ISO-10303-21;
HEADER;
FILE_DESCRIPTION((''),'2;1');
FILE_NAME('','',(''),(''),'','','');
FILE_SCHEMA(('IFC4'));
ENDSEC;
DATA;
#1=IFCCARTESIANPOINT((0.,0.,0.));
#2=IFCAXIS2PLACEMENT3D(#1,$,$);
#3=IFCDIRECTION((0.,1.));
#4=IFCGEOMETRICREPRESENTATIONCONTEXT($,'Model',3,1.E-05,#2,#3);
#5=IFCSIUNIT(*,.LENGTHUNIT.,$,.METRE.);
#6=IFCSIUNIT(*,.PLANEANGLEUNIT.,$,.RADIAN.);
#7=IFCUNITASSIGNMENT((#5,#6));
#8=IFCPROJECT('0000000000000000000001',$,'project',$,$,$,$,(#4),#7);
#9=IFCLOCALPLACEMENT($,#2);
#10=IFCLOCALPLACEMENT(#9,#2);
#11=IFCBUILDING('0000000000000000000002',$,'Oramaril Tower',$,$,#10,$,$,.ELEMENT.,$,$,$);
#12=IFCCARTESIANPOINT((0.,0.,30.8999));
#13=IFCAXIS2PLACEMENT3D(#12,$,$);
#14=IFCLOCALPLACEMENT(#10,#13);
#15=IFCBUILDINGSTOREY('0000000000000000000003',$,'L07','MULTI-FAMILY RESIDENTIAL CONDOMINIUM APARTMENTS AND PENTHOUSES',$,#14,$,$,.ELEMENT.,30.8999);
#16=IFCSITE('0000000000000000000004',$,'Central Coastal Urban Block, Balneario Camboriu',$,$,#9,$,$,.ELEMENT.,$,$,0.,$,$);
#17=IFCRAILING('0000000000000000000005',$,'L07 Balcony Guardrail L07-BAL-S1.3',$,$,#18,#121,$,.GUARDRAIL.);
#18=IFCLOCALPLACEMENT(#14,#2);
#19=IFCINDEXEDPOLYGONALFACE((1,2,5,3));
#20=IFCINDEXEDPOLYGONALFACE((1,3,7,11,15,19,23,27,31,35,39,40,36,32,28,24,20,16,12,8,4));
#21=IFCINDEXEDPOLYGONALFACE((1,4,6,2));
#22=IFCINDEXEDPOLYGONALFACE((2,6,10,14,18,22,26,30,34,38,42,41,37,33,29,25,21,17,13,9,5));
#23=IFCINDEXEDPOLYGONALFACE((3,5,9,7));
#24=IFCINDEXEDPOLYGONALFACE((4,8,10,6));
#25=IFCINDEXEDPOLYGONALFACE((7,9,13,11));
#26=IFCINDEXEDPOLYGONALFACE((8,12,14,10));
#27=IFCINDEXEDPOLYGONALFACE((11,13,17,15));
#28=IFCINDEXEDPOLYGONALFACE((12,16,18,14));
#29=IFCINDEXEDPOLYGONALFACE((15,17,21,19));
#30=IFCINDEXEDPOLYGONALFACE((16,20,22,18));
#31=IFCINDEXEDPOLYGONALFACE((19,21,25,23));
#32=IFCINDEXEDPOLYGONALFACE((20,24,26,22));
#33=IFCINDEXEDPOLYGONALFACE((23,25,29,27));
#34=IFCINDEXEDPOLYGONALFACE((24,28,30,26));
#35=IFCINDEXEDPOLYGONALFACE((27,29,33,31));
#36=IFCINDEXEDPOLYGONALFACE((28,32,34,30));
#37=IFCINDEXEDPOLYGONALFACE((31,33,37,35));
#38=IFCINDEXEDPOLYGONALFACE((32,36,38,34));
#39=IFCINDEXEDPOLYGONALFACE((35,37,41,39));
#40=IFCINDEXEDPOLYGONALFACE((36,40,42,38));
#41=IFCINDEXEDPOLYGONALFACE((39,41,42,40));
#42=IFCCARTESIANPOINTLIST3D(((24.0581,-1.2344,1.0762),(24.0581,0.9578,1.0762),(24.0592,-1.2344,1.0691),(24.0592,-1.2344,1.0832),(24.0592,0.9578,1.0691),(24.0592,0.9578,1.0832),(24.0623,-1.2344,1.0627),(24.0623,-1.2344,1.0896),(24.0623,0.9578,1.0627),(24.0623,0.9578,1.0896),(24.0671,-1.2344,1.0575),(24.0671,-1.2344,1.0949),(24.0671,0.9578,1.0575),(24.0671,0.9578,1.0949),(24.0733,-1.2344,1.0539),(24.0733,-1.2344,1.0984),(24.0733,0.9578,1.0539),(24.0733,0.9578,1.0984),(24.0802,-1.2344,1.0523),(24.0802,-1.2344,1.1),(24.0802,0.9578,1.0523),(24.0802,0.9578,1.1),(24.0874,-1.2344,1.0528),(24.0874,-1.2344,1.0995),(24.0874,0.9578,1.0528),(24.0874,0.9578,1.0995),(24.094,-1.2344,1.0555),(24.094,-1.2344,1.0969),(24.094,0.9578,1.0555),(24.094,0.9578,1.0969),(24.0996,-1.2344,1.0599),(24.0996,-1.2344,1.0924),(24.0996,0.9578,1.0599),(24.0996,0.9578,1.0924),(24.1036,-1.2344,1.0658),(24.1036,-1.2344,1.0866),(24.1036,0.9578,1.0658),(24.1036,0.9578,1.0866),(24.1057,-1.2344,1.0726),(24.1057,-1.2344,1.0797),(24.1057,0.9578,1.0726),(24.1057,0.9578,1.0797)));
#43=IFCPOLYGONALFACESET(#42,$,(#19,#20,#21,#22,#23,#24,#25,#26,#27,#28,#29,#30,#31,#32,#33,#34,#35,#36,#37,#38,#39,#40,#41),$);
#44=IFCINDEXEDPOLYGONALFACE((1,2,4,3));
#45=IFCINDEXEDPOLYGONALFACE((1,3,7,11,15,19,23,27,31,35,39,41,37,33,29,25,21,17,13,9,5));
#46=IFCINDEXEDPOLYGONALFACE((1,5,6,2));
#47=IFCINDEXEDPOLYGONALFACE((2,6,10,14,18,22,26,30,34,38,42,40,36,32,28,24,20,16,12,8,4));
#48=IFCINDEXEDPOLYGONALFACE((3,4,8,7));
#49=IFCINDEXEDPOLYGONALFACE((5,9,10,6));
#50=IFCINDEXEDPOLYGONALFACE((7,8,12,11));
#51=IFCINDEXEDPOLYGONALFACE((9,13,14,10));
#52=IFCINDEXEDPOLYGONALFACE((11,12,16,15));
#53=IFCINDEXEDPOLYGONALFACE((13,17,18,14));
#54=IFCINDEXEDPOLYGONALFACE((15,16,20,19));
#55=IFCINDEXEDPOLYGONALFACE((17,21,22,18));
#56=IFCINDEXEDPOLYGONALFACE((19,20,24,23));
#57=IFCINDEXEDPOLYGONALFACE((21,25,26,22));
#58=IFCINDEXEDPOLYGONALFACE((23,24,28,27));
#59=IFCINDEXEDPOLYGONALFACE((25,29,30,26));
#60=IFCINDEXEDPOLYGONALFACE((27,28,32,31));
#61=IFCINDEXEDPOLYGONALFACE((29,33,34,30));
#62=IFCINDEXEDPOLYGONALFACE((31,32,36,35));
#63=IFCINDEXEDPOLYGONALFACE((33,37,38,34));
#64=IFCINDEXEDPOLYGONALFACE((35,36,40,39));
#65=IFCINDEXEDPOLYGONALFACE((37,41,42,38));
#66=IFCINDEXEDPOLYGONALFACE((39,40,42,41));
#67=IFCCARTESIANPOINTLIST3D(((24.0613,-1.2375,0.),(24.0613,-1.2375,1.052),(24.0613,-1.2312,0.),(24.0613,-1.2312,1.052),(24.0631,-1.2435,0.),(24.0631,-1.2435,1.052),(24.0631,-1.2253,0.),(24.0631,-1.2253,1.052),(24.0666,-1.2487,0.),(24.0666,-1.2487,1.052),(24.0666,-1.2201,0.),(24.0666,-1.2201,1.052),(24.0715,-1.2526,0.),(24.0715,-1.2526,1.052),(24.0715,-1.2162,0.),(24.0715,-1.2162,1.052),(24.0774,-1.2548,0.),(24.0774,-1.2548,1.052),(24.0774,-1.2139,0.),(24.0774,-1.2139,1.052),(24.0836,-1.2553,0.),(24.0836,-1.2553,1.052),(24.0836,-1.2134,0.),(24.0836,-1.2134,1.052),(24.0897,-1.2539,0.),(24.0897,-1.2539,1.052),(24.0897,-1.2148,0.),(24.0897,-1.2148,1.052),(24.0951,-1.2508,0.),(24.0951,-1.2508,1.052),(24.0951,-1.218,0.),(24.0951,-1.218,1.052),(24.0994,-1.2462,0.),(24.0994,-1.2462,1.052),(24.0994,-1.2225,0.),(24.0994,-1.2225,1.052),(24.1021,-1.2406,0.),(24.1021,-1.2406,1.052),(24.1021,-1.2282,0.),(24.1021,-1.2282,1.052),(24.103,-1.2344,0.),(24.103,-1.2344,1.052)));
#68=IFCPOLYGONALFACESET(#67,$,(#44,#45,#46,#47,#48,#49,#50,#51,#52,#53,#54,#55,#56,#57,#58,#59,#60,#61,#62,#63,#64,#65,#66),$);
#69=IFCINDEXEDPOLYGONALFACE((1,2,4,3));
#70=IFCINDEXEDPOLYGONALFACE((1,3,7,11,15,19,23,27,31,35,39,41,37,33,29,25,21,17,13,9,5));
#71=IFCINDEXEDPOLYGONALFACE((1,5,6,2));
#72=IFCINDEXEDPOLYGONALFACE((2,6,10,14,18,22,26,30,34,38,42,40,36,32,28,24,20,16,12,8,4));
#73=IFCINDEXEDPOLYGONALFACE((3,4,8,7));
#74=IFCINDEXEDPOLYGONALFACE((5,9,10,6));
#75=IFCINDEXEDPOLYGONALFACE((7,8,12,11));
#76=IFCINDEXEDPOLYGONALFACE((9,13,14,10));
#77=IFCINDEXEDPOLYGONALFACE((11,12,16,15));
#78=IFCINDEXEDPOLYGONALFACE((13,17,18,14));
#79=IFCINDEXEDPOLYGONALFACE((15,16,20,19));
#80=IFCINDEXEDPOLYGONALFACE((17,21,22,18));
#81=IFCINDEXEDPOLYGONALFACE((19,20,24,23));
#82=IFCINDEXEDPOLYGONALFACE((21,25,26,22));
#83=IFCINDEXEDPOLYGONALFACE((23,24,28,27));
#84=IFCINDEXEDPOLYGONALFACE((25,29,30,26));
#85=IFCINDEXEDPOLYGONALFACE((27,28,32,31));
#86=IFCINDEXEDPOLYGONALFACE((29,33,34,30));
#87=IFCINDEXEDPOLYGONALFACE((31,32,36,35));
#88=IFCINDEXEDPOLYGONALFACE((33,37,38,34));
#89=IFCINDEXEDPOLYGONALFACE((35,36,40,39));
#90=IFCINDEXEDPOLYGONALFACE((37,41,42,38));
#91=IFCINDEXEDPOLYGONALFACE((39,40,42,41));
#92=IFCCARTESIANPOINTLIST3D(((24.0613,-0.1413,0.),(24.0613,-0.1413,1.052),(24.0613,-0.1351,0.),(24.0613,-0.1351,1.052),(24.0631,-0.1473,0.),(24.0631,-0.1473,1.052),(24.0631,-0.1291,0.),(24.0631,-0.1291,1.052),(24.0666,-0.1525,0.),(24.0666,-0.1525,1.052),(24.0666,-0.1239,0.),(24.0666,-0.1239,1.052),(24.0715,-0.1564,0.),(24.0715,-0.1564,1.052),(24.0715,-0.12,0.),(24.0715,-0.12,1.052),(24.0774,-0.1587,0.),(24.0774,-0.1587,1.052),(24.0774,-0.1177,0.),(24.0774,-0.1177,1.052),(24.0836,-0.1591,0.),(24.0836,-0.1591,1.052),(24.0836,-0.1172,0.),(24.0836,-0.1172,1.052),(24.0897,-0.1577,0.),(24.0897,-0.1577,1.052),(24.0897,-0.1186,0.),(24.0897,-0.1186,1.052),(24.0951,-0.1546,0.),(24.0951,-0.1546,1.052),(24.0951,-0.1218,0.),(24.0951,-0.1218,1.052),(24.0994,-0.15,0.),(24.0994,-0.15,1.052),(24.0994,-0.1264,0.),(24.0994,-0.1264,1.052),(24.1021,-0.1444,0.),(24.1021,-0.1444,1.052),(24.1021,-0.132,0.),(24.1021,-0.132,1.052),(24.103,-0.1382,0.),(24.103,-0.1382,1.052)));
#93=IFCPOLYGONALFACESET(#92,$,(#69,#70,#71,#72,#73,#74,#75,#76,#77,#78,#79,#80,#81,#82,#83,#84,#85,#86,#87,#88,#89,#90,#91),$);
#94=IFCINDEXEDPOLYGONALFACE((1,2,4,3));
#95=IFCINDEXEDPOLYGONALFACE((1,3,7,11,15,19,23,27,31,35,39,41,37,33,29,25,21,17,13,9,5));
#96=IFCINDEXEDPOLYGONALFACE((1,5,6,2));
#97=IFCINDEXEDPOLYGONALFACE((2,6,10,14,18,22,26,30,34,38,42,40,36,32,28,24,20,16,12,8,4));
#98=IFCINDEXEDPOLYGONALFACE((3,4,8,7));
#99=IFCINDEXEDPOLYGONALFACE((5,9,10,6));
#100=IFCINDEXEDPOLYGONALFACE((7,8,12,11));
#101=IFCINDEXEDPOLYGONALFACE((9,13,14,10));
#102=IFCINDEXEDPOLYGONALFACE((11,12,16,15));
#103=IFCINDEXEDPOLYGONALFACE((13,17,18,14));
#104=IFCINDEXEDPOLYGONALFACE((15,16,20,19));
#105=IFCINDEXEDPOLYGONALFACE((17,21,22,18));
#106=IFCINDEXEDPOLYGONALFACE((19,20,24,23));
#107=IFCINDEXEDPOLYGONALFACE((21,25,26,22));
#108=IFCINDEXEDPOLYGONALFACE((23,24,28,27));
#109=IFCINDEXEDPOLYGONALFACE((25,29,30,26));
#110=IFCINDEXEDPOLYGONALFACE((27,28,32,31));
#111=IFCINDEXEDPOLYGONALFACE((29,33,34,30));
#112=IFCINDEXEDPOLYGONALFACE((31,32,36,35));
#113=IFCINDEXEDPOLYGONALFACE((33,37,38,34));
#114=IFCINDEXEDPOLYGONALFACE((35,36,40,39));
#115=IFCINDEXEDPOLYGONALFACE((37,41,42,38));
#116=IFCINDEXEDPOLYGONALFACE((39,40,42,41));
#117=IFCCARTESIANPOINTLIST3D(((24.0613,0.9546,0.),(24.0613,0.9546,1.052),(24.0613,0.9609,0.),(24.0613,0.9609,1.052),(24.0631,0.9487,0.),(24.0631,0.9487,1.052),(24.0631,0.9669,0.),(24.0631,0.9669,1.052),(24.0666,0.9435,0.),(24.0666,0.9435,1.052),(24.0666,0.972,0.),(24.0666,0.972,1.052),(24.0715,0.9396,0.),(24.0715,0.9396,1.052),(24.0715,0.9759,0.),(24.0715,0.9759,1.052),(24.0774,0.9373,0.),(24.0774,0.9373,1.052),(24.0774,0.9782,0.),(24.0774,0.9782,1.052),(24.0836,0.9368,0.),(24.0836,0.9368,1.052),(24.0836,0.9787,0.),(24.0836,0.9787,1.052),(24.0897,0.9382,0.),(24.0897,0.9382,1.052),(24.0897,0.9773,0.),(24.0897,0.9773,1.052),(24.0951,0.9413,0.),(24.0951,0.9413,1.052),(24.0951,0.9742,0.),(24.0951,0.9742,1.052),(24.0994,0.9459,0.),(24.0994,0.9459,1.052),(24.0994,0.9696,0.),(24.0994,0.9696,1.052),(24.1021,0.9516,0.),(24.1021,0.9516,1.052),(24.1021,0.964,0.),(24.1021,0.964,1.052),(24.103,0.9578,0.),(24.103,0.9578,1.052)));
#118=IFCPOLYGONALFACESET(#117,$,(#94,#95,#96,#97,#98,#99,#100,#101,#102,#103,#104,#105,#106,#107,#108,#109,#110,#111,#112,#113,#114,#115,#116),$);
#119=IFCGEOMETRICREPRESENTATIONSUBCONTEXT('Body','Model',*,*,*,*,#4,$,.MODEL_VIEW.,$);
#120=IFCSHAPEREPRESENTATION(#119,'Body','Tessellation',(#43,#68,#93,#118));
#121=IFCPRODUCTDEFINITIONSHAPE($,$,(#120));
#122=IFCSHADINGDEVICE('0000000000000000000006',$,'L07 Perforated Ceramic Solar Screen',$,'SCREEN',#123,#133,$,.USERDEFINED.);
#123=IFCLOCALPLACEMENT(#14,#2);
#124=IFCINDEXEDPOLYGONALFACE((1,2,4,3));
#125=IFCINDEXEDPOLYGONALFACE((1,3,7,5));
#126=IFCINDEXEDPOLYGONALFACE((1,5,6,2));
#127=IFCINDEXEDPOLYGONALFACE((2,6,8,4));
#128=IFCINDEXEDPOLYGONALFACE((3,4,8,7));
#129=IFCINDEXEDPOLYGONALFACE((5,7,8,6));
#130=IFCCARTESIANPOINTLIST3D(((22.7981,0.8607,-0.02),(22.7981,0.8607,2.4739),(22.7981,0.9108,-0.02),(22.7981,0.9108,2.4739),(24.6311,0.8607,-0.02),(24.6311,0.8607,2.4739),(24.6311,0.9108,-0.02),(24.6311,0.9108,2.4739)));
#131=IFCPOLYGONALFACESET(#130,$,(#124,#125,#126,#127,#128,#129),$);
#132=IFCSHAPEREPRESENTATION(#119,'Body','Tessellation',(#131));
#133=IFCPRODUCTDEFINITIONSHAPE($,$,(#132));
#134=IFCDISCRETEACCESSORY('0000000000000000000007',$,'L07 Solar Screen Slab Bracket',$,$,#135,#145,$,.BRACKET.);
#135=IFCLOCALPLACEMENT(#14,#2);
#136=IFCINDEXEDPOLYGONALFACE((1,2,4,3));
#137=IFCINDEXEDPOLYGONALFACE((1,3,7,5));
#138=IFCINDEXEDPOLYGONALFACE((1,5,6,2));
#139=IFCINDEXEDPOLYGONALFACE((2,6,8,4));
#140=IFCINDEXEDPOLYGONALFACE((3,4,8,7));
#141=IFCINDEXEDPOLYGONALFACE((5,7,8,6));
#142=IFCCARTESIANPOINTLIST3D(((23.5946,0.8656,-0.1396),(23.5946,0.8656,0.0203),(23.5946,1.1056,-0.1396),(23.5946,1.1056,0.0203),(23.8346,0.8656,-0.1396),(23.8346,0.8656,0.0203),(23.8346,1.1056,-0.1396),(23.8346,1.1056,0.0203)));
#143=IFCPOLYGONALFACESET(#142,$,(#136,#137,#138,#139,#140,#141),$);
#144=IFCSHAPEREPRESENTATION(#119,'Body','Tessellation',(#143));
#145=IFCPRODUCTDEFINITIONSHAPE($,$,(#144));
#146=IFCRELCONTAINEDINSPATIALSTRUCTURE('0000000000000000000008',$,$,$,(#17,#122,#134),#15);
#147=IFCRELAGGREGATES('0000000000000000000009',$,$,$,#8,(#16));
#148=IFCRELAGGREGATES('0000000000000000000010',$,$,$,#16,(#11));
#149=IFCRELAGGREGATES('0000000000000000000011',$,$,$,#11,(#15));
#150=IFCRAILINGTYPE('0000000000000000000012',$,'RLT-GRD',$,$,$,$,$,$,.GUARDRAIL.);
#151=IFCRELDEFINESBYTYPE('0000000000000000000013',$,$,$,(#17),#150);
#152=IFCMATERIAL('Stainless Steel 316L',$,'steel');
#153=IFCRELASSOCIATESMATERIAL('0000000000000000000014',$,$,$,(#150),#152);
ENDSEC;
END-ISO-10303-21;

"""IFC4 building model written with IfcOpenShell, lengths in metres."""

from ifc_helpers import new_model, si_unit, direction, frame, origin, origin_2d, place, context, subcontext, project, spatial, rectangle, circle, extrude, material, type_object, element, save


model = new_model("IFC4")

# Units and contexts
model_context = context("Model", 3, precision=1e-05, world=origin(), true_north=direction((0.0, 1.0)))
body_context = subcontext(model_context, "Body", "Model", "MODEL_VIEW")
ifc_project = project(units=[si_unit("LENGTHUNIT", "METRE"), si_unit("PLANEANGLEUNIT", "RADIAN")], contexts=[model_context])

# Site, building, storey
site_placement = place(None, origin())
site = spatial("IfcSite", under=ifc_project, at=site_placement, Name="Central Coastal Urban Block, Balneario Camboriu", CompositionType="ELEMENT", RefElevation=0.0)
building_placement = place(site_placement, origin())
building = spatial("IfcBuilding", under=site, at=building_placement, Name="Oramaril Tower", CompositionType="ELEMENT")
storey_placement = place(building_placement, frame((0.0, 0.0, 30.8999)))
storey = spatial("IfcBuildingStorey", under=building, at=storey_placement, Name="L07", Description="MULTI-FAMILY RESIDENTIAL CONDOMINIUM APARTMENTS AND PENTHOUSES", CompositionType="ELEMENT", Elevation=30.8999)

# Railing
ifc_material_1 = material(Name="Stainless Steel 316L", Category="steel")
railing_type = type_object("IfcRailingType", Name="RLT-GRD", PredefinedType="GUARDRAIL", material=ifc_material_1)
railing_placement = place(storey_placement, frame((24.082, -1.2344, 0.0)))
element("IfcRailing", 1, at=railing_placement, inside=storey, type_object=railing_type, Name="L07 Balcony Guardrail L07-BAL-S1.3", PredefinedType="GUARDRAIL", context=body_context, shape_type="SweptSolid", body=[
    extrude(circle(Radius=0.0239, at=origin_2d()), frame((0.0, 0.0, 1.0762), z_axis=(0.0, 1.0, 0.0), x_axis=(-1.0, 0.0, 0.0)), (0.0, 0.0, 1.0), 2.1921),
    extrude(circle(Radius=0.021, at=origin_2d()), origin(), (0.0, 0.0, 1.0), 1.052),
    extrude(circle(Radius=0.021, at=origin_2d()), frame((0.0, 1.0962, 0.0)), (0.0, 0.0, 1.0), 1.052),
    extrude(circle(Radius=0.021, at=origin_2d()), frame((0.0, 2.1921, 0.0)), (0.0, 0.0, 1.0), 1.052),
])

# Shading device
shading_device_placement = place(storey_placement, frame((23.7146, 0.8857, -0.02), z_axis=(0.0, 0.0, 1.0), x_axis=(1.0, 0.0, 0.0)))
element("IfcShadingDevice", 2, at=shading_device_placement, inside=storey, Name="L07 Perforated Ceramic Solar Screen", ObjectType="SCREEN", PredefinedType="USERDEFINED", context=body_context, shape_type="SweptSolid", body=[
    extrude(rectangle(XDim=1.833, YDim=0.05, at=origin_2d()), origin(), (0.0, 0.0, 1.0), 2.4939),
])

# Discrete accessory
discrete_accessory_placement = place(storey_placement, frame((23.7146, 0.9856, -0.1396), z_axis=(0.0, 0.0, 1.0), x_axis=(1.0, 0.0, 0.0)))
element("IfcDiscreteAccessory", 3, at=discrete_accessory_placement, inside=storey, Name="L07 Solar Screen Slab Bracket", PredefinedType="BRACKET", context=body_context, shape_type="SweptSolid", body=[
    extrude(rectangle(XDim=0.24, YDim=0.24, at=origin_2d()), origin(), (0.0, 0.0, 1.0), 0.1599),
])

save(model, "model.ifc")
